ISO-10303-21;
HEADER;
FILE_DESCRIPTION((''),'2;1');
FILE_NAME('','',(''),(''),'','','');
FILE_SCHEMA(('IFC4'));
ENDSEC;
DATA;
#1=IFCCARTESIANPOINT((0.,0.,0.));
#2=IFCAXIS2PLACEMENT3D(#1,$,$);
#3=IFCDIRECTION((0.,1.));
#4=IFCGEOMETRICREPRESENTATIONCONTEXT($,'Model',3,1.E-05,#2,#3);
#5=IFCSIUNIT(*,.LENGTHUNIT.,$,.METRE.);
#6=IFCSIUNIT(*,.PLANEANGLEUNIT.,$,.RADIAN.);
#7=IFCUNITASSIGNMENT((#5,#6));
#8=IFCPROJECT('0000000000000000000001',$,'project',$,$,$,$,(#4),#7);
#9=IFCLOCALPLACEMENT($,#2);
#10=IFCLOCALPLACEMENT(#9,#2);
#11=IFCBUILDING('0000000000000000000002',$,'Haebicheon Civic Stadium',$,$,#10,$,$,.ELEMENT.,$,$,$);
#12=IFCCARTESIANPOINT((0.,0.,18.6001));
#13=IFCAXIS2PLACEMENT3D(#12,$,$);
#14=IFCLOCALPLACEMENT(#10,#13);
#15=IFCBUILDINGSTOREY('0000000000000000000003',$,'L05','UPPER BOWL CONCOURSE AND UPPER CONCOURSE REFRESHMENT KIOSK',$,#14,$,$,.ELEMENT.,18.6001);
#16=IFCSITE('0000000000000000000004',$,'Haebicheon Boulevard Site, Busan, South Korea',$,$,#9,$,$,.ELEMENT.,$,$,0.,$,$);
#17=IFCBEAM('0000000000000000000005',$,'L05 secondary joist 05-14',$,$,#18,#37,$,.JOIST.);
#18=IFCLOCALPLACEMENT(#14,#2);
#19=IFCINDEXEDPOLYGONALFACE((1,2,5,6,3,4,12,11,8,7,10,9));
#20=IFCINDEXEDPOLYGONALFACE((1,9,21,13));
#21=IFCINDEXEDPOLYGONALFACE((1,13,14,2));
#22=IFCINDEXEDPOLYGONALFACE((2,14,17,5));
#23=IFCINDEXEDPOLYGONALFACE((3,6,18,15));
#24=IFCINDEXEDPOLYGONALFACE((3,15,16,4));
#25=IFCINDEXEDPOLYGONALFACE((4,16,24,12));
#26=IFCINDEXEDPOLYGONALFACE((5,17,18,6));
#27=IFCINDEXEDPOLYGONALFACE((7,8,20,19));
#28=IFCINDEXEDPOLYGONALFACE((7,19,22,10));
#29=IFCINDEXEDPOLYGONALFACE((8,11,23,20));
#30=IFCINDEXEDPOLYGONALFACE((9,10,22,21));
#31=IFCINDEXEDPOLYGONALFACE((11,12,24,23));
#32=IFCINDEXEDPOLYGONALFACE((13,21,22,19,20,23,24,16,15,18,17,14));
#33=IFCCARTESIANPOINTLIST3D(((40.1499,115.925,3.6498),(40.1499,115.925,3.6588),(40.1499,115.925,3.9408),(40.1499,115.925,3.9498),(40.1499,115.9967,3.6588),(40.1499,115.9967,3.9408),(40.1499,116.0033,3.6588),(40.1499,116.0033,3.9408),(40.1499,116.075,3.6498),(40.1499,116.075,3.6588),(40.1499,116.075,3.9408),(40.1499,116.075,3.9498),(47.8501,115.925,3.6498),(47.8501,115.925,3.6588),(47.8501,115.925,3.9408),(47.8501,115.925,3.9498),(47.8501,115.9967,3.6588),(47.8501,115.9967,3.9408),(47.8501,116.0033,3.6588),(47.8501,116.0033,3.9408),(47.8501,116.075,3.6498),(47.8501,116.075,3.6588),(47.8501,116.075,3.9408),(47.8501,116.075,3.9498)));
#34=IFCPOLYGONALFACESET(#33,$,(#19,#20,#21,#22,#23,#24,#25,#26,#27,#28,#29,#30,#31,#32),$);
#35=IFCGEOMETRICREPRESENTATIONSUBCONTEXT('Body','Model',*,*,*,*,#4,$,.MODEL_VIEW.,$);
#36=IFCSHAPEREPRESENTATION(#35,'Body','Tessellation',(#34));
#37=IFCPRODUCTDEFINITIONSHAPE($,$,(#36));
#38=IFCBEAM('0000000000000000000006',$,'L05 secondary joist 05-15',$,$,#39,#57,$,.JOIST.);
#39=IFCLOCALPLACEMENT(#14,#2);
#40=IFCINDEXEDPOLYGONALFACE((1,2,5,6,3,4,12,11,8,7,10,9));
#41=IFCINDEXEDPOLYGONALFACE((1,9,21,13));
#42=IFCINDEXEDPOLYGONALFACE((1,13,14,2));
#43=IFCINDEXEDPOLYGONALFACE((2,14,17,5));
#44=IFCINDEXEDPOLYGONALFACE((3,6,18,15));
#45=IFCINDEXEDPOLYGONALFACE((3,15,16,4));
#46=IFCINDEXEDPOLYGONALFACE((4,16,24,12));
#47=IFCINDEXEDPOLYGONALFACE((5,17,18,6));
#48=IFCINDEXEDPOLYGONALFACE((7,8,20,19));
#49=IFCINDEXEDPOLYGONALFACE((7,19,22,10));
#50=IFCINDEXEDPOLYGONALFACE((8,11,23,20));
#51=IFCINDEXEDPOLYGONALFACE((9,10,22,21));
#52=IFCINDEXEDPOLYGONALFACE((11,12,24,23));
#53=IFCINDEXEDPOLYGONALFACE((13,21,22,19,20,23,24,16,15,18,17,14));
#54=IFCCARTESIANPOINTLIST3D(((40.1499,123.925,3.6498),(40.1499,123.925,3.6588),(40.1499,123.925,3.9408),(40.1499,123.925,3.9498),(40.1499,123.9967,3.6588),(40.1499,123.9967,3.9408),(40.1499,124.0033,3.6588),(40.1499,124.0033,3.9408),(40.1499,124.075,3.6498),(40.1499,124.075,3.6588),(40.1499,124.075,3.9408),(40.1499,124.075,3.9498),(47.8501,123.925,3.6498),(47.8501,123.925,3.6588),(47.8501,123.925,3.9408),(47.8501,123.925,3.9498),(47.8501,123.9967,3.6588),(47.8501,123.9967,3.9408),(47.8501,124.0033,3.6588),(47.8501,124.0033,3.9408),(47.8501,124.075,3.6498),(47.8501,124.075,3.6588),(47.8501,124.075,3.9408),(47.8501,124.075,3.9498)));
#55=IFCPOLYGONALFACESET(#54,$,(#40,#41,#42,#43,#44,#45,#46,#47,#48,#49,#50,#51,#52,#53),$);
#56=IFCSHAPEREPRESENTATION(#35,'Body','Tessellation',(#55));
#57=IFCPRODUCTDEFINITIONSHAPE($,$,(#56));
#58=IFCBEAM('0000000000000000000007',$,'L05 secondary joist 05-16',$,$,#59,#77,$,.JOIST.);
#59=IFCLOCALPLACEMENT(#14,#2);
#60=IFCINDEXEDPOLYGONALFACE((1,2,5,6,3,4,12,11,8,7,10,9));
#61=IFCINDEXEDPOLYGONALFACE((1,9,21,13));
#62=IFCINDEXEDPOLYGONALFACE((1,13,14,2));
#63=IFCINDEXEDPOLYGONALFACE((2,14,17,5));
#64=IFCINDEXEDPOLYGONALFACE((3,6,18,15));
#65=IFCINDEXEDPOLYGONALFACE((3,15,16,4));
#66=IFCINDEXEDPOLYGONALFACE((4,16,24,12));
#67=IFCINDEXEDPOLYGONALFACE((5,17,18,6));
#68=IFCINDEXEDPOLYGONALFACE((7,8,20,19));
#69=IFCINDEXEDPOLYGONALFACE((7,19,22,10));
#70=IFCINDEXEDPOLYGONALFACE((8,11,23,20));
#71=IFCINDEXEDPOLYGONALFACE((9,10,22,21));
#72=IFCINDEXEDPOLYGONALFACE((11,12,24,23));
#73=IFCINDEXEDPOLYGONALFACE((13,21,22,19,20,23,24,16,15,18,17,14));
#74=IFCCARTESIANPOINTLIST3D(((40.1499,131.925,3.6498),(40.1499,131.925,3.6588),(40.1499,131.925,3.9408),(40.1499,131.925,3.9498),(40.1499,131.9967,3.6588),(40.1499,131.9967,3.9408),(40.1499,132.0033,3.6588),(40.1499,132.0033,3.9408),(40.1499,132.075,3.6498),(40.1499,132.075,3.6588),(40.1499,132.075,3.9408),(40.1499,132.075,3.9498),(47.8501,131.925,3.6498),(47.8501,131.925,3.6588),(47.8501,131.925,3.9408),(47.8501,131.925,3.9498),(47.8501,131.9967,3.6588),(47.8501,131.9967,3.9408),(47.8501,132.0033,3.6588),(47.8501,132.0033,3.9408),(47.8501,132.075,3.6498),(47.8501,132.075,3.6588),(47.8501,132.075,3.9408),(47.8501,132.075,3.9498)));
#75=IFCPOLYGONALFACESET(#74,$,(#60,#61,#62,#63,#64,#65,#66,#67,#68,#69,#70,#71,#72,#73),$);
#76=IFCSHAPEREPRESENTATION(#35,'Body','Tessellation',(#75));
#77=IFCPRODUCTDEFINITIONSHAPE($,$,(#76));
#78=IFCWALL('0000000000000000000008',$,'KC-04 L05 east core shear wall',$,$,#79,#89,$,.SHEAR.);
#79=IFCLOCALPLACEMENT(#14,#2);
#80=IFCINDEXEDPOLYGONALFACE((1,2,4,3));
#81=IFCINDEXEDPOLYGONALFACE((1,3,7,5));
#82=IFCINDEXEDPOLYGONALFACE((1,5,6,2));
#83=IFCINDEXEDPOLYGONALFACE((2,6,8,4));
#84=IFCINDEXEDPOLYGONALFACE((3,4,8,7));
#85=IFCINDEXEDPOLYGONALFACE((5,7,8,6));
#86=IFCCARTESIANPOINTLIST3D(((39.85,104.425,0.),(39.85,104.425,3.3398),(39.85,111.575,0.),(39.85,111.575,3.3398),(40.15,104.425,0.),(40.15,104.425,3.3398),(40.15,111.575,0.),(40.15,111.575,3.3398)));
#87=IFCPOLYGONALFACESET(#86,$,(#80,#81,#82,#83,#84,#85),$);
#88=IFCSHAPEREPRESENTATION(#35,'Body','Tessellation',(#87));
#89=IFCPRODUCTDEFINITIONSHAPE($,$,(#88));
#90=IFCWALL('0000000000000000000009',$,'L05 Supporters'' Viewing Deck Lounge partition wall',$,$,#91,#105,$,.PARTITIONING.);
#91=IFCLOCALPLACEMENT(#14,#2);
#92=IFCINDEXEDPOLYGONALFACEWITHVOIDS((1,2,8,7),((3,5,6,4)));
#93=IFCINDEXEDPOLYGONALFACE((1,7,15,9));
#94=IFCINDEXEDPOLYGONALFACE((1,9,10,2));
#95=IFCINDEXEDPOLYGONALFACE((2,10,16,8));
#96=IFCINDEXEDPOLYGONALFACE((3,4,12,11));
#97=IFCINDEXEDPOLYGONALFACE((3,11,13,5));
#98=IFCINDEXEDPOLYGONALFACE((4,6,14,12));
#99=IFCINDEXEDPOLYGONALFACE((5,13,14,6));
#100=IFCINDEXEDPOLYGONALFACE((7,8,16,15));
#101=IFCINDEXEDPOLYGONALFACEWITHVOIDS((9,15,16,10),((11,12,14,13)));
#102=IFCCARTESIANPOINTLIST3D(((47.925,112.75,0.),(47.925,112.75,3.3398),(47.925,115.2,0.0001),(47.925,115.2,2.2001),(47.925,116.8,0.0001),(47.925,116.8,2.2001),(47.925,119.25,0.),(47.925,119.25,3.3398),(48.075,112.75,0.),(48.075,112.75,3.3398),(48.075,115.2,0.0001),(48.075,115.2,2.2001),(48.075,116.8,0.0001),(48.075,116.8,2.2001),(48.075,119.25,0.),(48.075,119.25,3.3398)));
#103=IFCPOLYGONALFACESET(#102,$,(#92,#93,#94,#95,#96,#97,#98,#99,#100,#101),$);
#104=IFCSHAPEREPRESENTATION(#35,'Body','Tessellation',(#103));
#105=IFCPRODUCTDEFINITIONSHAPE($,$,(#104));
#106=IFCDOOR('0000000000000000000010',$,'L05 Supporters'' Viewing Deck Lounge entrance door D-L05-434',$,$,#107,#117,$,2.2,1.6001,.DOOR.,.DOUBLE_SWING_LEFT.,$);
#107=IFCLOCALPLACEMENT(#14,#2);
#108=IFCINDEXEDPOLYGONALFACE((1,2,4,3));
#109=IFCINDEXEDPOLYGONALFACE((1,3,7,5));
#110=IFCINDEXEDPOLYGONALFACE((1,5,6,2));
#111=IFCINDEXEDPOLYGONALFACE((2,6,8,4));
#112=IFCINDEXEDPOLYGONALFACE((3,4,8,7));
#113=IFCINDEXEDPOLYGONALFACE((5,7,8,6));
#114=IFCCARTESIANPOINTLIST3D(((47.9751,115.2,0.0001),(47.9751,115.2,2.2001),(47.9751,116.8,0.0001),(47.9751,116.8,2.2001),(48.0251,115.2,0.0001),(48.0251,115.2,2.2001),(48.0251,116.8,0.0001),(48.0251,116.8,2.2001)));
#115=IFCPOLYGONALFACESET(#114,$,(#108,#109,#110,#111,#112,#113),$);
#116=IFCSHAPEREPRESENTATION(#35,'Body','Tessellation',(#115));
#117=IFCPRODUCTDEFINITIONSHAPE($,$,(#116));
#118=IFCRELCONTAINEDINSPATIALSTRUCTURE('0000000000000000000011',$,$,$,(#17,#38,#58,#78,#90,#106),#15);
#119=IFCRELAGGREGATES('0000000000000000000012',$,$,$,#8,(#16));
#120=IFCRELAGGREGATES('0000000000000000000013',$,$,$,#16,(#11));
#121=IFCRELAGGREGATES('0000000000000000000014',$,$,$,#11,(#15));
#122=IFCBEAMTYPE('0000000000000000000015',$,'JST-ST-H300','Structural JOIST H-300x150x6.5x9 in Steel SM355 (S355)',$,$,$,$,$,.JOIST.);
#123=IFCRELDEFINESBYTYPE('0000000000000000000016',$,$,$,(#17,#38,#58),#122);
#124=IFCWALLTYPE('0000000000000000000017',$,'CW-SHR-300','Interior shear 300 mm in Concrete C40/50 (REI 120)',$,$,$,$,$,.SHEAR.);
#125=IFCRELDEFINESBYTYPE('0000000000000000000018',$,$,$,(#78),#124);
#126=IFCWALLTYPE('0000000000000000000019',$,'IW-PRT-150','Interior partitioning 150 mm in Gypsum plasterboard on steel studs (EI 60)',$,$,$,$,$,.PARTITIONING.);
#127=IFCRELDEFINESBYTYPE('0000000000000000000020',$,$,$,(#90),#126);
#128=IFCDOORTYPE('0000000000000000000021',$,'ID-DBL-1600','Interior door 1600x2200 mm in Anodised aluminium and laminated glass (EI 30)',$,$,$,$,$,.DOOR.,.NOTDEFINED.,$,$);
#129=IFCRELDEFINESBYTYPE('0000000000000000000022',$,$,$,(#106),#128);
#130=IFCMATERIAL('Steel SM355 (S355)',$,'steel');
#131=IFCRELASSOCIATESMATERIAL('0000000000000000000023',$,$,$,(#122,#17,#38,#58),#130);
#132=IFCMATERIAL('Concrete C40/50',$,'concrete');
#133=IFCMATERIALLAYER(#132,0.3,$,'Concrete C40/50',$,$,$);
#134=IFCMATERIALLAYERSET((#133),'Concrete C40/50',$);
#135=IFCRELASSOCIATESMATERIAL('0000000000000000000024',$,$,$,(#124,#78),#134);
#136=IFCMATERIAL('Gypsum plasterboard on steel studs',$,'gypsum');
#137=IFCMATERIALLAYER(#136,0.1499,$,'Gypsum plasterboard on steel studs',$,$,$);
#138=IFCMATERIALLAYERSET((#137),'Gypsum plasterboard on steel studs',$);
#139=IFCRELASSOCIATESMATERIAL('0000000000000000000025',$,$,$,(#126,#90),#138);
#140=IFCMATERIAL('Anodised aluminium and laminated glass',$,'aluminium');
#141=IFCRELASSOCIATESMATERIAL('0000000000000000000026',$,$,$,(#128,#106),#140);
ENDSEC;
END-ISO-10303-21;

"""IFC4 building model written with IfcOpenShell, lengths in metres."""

from ifc_helpers import new_model, si_unit, direction, frame, frame_2d, origin, origin_2d, place, context, subcontext, project, spatial, rectangle, i_section, extrude, material, layer, layer_set, material_profile, profile_set, type_object, element, fill, save


model = new_model("IFC4")

# Units and contexts
model_context = context("Model", 3, precision=1e-05, world=origin(), true_north=direction((0.0, 1.0)))
body_context = subcontext(model_context, "Body", "Model", "MODEL_VIEW")
ifc_project = project(units=[si_unit("LENGTHUNIT", "METRE"), si_unit("PLANEANGLEUNIT", "RADIAN")], contexts=[model_context])

# Site, building, storey
site_placement = place(None, origin())
site = spatial("IfcSite", under=ifc_project, at=site_placement, Name="Haebicheon Boulevard Site, Busan, South Korea", CompositionType="ELEMENT", RefElevation=0.0)
building_placement = place(site_placement, origin())
building = spatial("IfcBuilding", under=site, at=building_placement, Name="Haebicheon Civic Stadium", CompositionType="ELEMENT")
storey_placement = place(building_placement, frame((0.0, 0.0, 18.6001)))
storey = spatial("IfcBuildingStorey", under=building, at=storey_placement, Name="L05", Description="UPPER BOWL CONCOURSE AND UPPER CONCOURSE REFRESHMENT KIOSK", CompositionType="ELEMENT", Elevation=18.6001)

# Beams
ifc_material_1 = material(Name="Steel SM355 (S355)", Category="steel")
ifc_material_profile_1 = material_profile(ifc_material_1, i_section(OverallWidth=0.1499, OverallDepth=0.3, WebThickness=0.0066, FlangeThickness=0.009, at=origin_2d()), Name="H-300x150x6.5x9")
ifc_profile_set_1 = profile_set([ifc_material_profile_1], Name="Steel SM355 (S355)")
beam_type_1 = type_object("IfcBeamType", Name="JST-ST-H300", Description="Structural JOIST H-300x150x6.5x9 in Steel SM355 (S355)", PredefinedType="JOIST", material=ifc_profile_set_1)
for number, where, z_axis, x_axis, name in (
    (1, (40.1499, 116.0, 3.7998), (1.0, 0.0, 0.0), (0.0, 1.0, 0.0), "L05 secondary joist 05-14"),
    (2, (40.1499, 124.0, 3.7998), (1.0, 0.0, 0.0), (0.0, 1.0, 0.0), "L05 secondary joist 05-15"),
    (3, (40.1499, 132.0, 3.7998), (1.0, 0.0, 0.0), (0.0, 1.0, 0.0), "L05 secondary joist 05-16"),
):
    element("IfcBeam", number, at=place(storey_placement, frame(where, z_axis=z_axis, x_axis=x_axis)), inside=storey, type_object=beam_type_1, material=ifc_profile_set_1, Name=name, PredefinedType="JOIST", context=body_context, shape_type="SweptSolid", body=[
        extrude(i_section(OverallWidth=0.1499, OverallDepth=0.3, WebThickness=0.0066, FlangeThickness=0.009, at=origin_2d()), origin(), (0.0, 0.0, 1.0), 7.7002),
    ])

# Wall
ifc_material_2 = material(Name="Concrete C40/50", Category="concrete")
ifc_layer_1 = layer(ifc_material_2, 0.3, Name="Concrete C40/50")
ifc_layer_set_1 = layer_set([ifc_layer_1], Name="Concrete C40/50")
wall_type_1 = type_object("IfcWallType", Name="CW-SHR-300", Description="Interior shear 300 mm in Concrete C40/50 (REI 120)", PredefinedType="SHEAR", material=ifc_layer_set_1)
wall_1_placement = place(storey_placement, frame((40.0, 104.425, 0.0), z_axis=(0.0, 0.0, 1.0), x_axis=(0.0, 1.0, 0.0)))
element("IfcWall", 4, at=wall_1_placement, inside=storey, type_object=wall_type_1, material=ifc_layer_set_1, Name="KC-04 L05 east core shear wall", PredefinedType="SHEAR", context=body_context, shape_type="SweptSolid", body=[
    extrude(rectangle(XDim=7.1499, YDim=0.3, at=frame_2d((3.575, 0.0))), origin(), (0.0, 0.0, 1.0), 3.3398),
])

# Wall, opening, door
ifc_material_3 = material(Name="Gypsum plasterboard on steel studs", Category="gypsum")
ifc_layer_2 = layer(ifc_material_3, 0.1499, Name="Gypsum plasterboard on steel studs")
ifc_layer_set_2 = layer_set([ifc_layer_2], Name="Gypsum plasterboard on steel studs")
wall_type_2 = type_object("IfcWallType", Name="IW-PRT-150", Description="Interior partitioning 150 mm in Gypsum plasterboard on steel studs (EI 60)", PredefinedType="PARTITIONING", material=ifc_layer_set_2)
wall_2_placement = place(storey_placement, frame((48.0, 112.75, 0.0), z_axis=(0.0, 0.0, 1.0), x_axis=(0.0, 1.0, 0.0)))
wall_2 = element("IfcWall", 5, at=wall_2_placement, inside=storey, type_object=wall_type_2, material=ifc_layer_set_2, Name="L05 Supporters' Viewing Deck Lounge partition wall", PredefinedType="PARTITIONING", context=body_context, shape_type="SweptSolid", body=[
    extrude(rectangle(XDim=6.5, YDim=0.1499, at=frame_2d((3.25, 0.0))), origin(), (0.0, 0.0, 1.0), 3.3398),
])
opening_1_placement = place(wall_2_placement, frame((2.45, 0.0, 0.0)))
opening_1 = element("IfcOpeningElement", 6, at=opening_1_placement, cuts=wall_2, PredefinedType="OPENING", context=body_context, shape_type="SweptSolid", body=[
    extrude(rectangle(XDim=1.6001, YDim=2.2, at=frame_2d((0.8, 1.1001))), frame((0.0, 0.085, 0.0), z_axis=(0.0, -1.0, 0.0), x_axis=(1.0, 0.0, 0.0)), (0.0, 0.0, 1.0), 0.1699),
])
ifc_material_4 = material(Name="Anodised aluminium and laminated glass", Category="aluminium")
door_type_1 = type_object("IfcDoorType", Name="ID-DBL-1600", Description="Interior door 1600x2200 mm in Anodised aluminium and laminated glass (EI 30)", OperationType="NOTDEFINED", PredefinedType="DOOR", material=ifc_material_4)
door_1_placement = place(opening_1_placement, origin())
door_1 = element("IfcDoor", 7, at=door_1_placement, inside=storey, type_object=door_type_1, material=ifc_material_4, Name="L05 Supporters' Viewing Deck Lounge entrance door D-L05-434", OperationType="DOUBLE_SWING_LEFT", OverallHeight=2.2, OverallWidth=1.6001, PredefinedType="DOOR", context=body_context, shape_type="SweptSolid", body=[
    extrude(rectangle(XDim=1.6001, YDim=2.2, at=frame_2d((0.8, 1.1001))), frame((0.0, 0.0249, 0.0), z_axis=(0.0, -1.0, 0.0), x_axis=(1.0, 0.0, 0.0)), (0.0, 0.0, 1.0), 0.05),
])
fill(opening_1, door_1)

save(model, "model.ifc")
